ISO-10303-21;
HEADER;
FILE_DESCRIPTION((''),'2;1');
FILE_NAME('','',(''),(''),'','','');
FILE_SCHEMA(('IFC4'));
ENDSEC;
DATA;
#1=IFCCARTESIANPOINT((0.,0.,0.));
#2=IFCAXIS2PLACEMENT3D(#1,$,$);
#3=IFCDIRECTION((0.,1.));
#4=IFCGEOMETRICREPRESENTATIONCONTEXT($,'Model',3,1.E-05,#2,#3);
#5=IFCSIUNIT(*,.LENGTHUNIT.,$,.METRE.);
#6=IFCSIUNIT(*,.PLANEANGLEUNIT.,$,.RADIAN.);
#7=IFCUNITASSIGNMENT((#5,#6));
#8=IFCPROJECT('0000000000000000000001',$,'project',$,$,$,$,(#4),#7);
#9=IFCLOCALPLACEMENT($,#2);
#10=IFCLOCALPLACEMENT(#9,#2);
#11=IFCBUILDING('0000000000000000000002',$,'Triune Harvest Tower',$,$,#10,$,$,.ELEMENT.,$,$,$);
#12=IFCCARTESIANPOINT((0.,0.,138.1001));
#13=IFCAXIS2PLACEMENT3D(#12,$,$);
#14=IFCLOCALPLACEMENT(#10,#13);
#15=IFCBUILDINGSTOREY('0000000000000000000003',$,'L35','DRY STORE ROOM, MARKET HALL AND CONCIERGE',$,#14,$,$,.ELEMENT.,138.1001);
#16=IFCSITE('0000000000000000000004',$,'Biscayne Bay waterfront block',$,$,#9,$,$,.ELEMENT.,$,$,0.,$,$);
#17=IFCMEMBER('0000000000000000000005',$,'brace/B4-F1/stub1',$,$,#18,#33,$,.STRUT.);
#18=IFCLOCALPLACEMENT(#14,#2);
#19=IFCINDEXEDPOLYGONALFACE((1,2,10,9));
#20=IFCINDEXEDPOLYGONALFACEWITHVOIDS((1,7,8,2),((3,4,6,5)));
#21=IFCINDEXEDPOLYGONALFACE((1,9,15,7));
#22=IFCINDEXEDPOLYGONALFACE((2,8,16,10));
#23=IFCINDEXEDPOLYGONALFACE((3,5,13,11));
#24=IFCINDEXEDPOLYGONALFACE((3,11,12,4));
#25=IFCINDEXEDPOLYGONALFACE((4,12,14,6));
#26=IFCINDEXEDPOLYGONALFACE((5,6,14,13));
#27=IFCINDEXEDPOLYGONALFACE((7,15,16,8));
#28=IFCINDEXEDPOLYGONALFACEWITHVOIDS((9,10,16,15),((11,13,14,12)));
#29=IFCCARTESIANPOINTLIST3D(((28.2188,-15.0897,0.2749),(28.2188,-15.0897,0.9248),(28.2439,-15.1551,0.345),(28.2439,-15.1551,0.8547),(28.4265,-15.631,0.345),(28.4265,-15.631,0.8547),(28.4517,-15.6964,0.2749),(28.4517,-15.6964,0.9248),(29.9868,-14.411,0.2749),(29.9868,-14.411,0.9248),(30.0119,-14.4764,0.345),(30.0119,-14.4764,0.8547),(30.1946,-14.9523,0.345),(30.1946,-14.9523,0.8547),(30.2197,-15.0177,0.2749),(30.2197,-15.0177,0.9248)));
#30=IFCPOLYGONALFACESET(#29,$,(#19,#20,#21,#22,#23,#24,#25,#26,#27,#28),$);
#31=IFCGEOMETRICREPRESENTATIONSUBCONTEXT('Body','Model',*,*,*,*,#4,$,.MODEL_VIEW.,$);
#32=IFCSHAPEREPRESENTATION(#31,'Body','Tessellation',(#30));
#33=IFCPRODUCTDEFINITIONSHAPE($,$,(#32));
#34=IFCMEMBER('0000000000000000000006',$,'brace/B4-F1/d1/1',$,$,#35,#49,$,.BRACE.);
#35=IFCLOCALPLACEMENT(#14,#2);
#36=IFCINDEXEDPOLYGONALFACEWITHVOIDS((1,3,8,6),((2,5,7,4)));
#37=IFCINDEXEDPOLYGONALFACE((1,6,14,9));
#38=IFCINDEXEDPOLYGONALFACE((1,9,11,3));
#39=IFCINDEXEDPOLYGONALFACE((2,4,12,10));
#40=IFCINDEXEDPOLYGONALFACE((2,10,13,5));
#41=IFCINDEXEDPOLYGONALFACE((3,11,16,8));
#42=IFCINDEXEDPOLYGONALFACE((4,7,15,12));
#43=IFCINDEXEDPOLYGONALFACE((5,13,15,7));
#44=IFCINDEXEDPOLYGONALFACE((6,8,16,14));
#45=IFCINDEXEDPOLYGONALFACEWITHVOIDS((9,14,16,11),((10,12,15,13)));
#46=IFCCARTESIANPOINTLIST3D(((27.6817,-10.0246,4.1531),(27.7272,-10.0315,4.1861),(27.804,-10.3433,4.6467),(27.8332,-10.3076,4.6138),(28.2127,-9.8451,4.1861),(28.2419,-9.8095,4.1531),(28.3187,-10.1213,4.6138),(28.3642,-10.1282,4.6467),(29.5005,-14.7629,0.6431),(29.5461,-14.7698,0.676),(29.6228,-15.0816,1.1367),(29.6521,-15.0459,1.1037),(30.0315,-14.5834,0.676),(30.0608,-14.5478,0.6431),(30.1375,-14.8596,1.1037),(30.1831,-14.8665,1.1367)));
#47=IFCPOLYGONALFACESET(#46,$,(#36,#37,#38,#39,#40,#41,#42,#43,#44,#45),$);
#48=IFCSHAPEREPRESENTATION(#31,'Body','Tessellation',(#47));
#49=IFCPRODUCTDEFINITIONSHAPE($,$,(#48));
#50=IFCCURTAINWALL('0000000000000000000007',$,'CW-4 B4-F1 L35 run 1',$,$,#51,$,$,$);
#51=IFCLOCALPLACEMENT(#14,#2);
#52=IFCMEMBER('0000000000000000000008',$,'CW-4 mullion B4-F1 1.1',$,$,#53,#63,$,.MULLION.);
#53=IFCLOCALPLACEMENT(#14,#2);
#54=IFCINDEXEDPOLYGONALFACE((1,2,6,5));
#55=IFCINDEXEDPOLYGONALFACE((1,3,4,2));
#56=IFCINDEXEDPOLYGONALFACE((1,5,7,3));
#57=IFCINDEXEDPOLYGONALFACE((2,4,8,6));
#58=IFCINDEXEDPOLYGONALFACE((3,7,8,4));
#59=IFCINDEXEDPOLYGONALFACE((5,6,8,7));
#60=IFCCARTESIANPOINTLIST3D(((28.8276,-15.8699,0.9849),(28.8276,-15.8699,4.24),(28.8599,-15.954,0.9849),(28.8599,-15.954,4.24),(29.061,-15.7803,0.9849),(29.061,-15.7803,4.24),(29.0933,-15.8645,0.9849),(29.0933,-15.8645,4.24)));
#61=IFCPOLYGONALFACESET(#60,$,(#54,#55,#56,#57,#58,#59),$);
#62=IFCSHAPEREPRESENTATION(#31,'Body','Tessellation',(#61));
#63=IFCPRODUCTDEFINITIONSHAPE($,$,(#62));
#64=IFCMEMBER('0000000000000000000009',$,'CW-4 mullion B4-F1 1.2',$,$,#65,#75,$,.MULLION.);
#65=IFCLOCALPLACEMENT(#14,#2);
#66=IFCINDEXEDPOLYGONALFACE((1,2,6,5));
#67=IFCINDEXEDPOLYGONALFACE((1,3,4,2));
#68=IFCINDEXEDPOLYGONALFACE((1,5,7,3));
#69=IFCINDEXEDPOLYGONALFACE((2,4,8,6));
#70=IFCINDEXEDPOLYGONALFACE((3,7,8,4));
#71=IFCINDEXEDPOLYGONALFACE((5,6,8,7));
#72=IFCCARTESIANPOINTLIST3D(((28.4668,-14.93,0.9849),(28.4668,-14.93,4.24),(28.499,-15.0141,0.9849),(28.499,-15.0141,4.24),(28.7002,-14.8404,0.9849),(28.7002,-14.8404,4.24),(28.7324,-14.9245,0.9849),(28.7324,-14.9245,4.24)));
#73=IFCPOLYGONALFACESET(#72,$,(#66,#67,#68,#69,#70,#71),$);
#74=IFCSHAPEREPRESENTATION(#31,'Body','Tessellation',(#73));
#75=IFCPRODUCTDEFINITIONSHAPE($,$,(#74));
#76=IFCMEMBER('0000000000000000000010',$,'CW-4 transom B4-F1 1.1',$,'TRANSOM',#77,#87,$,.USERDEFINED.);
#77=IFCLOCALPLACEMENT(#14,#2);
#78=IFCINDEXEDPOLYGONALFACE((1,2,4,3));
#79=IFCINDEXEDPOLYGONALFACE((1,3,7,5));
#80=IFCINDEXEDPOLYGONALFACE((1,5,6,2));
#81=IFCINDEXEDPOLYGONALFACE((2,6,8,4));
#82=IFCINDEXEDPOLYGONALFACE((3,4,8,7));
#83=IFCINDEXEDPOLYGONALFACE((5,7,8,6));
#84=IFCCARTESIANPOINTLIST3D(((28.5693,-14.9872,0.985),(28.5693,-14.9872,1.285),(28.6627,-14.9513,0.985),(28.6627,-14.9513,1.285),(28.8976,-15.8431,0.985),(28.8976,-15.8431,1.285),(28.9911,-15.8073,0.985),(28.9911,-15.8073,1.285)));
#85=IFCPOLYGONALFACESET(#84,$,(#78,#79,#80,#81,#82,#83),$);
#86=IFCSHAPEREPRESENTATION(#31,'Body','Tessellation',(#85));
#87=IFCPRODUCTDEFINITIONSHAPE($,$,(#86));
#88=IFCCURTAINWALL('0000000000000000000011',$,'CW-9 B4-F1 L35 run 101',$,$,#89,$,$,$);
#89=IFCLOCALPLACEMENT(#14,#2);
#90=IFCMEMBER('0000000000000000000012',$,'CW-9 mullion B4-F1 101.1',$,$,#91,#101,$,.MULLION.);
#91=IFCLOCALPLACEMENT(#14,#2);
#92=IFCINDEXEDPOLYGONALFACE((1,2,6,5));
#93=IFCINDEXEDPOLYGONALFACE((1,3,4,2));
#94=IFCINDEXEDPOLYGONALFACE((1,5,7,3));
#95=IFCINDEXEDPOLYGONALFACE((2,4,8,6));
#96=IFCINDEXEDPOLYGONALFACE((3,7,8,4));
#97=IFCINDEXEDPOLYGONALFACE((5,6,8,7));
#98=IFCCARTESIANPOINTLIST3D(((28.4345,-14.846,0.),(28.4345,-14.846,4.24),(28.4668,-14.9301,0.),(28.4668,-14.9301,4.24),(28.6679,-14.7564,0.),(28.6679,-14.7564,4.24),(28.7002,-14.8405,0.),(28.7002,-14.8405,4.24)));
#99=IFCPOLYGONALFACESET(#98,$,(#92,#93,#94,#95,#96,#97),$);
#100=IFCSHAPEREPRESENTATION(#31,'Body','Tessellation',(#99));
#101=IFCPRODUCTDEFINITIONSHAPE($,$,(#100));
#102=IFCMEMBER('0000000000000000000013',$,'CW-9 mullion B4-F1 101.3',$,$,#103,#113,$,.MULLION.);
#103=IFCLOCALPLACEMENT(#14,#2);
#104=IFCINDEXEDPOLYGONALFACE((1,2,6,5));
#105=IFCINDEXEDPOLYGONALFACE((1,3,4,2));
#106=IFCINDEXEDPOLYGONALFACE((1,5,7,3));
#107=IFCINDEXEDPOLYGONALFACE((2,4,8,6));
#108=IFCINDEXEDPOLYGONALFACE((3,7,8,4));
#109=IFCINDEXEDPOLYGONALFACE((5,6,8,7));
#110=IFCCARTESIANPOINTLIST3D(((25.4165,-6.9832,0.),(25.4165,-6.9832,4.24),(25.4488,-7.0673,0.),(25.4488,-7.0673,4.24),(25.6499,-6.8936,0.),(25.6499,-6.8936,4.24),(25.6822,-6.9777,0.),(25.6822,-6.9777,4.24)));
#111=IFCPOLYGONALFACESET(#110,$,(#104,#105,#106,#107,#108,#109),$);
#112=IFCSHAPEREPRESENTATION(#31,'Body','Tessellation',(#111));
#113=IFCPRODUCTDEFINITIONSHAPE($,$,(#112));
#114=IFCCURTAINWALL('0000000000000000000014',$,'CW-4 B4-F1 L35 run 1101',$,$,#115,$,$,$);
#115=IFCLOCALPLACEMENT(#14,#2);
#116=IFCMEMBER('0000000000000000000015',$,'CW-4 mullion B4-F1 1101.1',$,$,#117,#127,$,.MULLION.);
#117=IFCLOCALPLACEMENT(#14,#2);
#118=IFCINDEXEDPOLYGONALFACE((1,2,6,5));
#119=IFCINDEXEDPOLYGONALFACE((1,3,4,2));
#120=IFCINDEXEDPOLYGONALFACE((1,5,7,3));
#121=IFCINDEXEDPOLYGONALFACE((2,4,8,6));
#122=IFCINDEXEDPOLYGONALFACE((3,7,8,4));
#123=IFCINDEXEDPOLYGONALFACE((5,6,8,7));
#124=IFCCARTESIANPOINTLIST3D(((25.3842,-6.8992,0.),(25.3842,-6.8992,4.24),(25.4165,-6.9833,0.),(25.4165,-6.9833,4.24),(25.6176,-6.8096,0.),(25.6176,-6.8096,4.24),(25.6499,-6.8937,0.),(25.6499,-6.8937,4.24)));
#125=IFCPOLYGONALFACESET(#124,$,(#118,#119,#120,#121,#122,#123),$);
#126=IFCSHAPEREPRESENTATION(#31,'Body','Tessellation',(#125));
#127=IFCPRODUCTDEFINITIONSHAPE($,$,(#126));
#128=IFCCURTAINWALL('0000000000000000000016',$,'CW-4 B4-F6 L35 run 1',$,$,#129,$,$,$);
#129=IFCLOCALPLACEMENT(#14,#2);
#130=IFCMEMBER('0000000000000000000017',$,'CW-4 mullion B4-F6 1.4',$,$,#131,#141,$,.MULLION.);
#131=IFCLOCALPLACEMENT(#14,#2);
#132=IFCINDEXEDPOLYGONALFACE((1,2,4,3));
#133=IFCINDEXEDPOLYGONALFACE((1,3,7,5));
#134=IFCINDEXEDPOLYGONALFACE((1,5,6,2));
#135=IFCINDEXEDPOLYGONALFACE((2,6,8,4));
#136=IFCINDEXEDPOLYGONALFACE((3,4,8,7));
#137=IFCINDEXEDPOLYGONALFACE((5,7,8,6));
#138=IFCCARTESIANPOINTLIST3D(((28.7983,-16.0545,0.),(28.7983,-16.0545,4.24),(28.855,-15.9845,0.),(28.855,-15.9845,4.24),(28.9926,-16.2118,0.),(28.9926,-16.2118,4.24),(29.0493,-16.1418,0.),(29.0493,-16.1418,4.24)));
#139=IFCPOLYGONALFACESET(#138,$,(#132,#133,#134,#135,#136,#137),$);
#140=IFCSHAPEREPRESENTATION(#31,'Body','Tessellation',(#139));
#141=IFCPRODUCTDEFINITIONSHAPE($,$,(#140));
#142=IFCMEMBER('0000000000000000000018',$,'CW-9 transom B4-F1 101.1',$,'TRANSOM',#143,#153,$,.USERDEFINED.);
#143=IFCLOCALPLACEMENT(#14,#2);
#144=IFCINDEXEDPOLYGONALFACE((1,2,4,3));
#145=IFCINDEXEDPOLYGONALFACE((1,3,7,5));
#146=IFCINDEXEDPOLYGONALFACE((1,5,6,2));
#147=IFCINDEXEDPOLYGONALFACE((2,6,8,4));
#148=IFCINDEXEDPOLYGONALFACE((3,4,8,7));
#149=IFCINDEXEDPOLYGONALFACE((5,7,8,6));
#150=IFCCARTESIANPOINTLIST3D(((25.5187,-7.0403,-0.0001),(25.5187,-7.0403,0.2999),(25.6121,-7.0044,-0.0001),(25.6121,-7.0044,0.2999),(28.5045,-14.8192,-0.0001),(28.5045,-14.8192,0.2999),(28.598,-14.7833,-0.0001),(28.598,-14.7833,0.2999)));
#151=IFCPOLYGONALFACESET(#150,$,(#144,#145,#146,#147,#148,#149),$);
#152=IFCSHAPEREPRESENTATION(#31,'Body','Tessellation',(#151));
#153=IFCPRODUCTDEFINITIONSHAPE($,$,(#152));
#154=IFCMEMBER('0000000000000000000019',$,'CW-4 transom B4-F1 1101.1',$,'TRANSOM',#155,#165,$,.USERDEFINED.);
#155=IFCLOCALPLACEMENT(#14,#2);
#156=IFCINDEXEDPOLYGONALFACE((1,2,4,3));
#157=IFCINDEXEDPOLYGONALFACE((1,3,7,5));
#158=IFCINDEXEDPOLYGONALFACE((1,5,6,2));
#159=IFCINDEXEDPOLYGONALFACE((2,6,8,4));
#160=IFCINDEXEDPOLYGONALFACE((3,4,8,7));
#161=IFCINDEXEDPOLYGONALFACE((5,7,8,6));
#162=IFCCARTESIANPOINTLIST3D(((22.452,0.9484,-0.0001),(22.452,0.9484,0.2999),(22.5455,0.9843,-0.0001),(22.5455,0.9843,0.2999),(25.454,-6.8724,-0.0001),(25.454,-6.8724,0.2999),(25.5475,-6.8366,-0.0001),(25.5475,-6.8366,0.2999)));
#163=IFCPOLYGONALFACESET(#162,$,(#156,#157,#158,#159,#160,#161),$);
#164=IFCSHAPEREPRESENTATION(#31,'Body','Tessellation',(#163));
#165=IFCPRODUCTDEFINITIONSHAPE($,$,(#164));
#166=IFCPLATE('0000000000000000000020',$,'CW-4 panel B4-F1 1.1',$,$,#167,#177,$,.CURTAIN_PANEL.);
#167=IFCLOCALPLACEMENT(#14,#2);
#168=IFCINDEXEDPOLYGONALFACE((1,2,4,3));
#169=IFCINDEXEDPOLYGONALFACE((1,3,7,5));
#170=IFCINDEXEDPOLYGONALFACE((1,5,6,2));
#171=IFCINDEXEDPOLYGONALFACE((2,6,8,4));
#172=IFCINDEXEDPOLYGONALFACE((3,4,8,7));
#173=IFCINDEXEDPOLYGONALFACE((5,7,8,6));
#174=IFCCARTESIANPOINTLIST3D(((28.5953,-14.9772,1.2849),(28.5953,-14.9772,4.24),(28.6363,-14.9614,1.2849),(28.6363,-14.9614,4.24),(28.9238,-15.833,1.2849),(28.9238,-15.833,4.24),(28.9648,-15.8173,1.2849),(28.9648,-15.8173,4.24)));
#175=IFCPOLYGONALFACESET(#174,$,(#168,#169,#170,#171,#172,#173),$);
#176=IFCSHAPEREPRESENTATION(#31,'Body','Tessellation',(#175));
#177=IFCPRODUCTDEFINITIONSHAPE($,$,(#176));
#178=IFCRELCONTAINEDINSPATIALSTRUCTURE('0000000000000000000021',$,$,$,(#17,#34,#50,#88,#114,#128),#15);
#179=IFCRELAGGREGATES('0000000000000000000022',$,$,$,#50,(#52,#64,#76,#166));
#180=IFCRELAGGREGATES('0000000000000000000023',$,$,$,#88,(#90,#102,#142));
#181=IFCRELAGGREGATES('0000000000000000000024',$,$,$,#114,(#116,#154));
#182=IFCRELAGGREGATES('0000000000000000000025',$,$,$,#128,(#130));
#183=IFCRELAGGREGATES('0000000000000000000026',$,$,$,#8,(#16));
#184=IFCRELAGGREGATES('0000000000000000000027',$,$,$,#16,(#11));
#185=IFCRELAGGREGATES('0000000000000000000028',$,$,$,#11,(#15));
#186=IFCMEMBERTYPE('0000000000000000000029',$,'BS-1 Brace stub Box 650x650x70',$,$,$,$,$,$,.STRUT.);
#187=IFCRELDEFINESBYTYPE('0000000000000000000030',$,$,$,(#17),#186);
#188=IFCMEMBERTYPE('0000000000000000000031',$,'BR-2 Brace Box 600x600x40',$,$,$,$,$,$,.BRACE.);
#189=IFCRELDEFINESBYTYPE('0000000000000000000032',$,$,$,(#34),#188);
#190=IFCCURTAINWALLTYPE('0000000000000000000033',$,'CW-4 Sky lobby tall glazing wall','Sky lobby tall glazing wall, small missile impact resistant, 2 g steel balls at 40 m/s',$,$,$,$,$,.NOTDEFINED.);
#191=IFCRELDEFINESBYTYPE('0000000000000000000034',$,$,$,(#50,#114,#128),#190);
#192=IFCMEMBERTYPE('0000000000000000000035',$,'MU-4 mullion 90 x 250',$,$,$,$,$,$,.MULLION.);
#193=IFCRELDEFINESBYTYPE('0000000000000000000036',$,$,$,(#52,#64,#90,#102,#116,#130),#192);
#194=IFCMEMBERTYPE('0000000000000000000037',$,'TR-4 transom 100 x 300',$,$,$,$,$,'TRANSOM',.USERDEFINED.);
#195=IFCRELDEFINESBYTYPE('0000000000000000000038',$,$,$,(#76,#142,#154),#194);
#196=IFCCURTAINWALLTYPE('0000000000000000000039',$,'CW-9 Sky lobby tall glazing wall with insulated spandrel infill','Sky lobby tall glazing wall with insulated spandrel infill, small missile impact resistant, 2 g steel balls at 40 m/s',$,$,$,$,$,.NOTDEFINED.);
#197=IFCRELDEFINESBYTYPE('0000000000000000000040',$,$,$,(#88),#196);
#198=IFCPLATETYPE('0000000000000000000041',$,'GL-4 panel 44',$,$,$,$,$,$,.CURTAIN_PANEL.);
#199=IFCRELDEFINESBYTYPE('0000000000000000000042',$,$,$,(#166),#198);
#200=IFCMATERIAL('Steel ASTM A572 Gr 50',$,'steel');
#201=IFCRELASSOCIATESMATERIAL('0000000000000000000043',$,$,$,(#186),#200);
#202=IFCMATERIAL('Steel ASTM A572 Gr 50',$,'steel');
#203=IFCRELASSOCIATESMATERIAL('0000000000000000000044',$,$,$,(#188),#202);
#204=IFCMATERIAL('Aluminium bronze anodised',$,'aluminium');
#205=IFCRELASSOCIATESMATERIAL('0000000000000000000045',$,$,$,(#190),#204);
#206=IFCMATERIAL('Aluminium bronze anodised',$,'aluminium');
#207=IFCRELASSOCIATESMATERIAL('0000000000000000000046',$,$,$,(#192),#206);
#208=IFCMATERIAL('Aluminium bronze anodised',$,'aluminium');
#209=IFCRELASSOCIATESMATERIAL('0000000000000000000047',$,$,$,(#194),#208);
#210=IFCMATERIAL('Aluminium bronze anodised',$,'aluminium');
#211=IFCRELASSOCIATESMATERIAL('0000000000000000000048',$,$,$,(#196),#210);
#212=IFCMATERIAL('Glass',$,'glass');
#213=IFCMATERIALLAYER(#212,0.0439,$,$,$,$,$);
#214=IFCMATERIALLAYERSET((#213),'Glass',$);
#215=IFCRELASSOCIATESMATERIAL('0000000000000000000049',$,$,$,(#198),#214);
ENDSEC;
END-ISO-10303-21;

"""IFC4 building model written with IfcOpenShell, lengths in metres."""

from ifc_helpers import new_model, si_unit, direction, frame, origin, origin_2d, place, context, subcontext, project, spatial, rectangle, hollow_rectangle, extrude, source, transform, mapped, material, layer, layer_set, material_profile, profile_set, type_object, element, aggregate, save


model = new_model("IFC4")

# Units and contexts
model_context = context("Model", 3, precision=1e-05, world=origin(), true_north=direction((0.0, 1.0)))
body_context = subcontext(model_context, "Body", "Model", "MODEL_VIEW")
ifc_project = project(units=[si_unit("LENGTHUNIT", "METRE"), si_unit("PLANEANGLEUNIT", "RADIAN")], contexts=[model_context])

# Site, building, storey
site_placement = place(None, origin())
site = spatial("IfcSite", under=ifc_project, at=site_placement, Name="Biscayne Bay waterfront block", CompositionType="ELEMENT", RefElevation=0.0)
building_placement = place(site_placement, origin())
building = spatial("IfcBuilding", under=site, at=building_placement, Name="Triune Harvest Tower", CompositionType="ELEMENT")
storey_placement = place(building_placement, frame((0.0, 0.0, 138.1001)))
storey = spatial("IfcBuildingStorey", under=building, at=storey_placement, Name="L35", Description="DRY STORE ROOM, MARKET HALL AND CONCIERGE", CompositionType="ELEMENT", Elevation=138.1001)

# Members
ifc_material_1 = material(Name="Steel ASTM A572 Gr 50", Category="steel")
ifc_material_profile_1 = material_profile(ifc_material_1, hollow_rectangle(XDim=0.6499, YDim=0.6499, WallThickness=0.0701, at=origin_2d()), Name="Box 650x650x70")
ifc_profile_set_1 = profile_set([ifc_material_profile_1], Name="Steel ASTM A572 Gr 50")
member_type_1 = type_object("IfcMemberType", Name="BS-1 Brace stub Box 650x650x70", PredefinedType="STRUT", material=ifc_profile_set_1)
shared_shape_1 = source(origin(), body_context, "Body", "SweptSolid", [
    extrude(hollow_rectangle(XDim=0.6499, YDim=0.6499, WallThickness=0.0701, at=origin_2d()), origin(), (0.0, 0.0, 1.0), 1.8938),
])
member_1_placement = place(storey_placement, frame((28.3352, -15.3931, 0.5999), z_axis=(0.933578, 0.358374, 0.0), x_axis=(-0.358374, 0.933578, 0.0)))
element("IfcMember", 1, at=member_1_placement, inside=storey, type_object=member_type_1, Name="brace/B4-F1/stub1", PredefinedType="STRUT", context=body_context, shape_type="MappedRepresentation", body=[
    mapped(shared_shape_1, transform((0.0, 0.0, 0.0), scale=1.0)),
])
ifc_material_2 = material(Name="Steel ASTM A572 Gr 50", Category="steel")
ifc_material_profile_2 = material_profile(ifc_material_2, hollow_rectangle(XDim=0.6001, YDim=0.6001, WallThickness=0.04, at=origin_2d()), Name="Box 600x600x40")
ifc_profile_set_2 = profile_set([ifc_material_profile_2], Name="Steel ASTM A572 Gr 50")
member_type_2 = type_object("IfcMemberType", Name="BR-2 Brace Box 600x600x40", PredefinedType="BRACE", material=ifc_profile_set_2)
shared_shape_2 = source(origin(), body_context, "Body", "SweptSolid", [
    extrude(hollow_rectangle(XDim=0.6001, YDim=0.6001, WallThickness=0.04, at=origin_2d()), origin(), (0.0, 0.0, 1.0), 6.1709),
])
member_2_placement = place(storey_placement, frame((29.8418, -14.8147, 0.8899), z_axis=(-0.294747, 0.767846, 0.568803), x_axis=(-0.933581, -0.358367, 0.0)))
element("IfcMember", 2, at=member_2_placement, inside=storey, type_object=member_type_2, Name="brace/B4-F1/d1/1", PredefinedType="BRACE", context=body_context, shape_type="MappedRepresentation", body=[
    mapped(shared_shape_2, transform((0.0, 0.0, 0.0), scale=1.0)),
])

# Curtain walls, members
ifc_material_3 = material(Name="Aluminium bronze anodised", Category="aluminium")
curtain_wall_type_1 = type_object("IfcCurtainWallType", Name="CW-4 Sky lobby tall glazing wall", Description="Sky lobby tall glazing wall, small missile impact resistant, 2 g steel balls at 40 m/s", PredefinedType="NOTDEFINED", material=ifc_material_3)
curtain_wall_1_placement = place(storey_placement, origin())
curtain_wall_1 = element("IfcCurtainWall", 3, at=curtain_wall_1_placement, inside=storey, type_object=curtain_wall_type_1, Name="CW-4 B4-F1 L35 run 1")
ifc_material_4 = material(Name="Aluminium bronze anodised", Category="aluminium")
ifc_material_profile_3 = material_profile(ifc_material_4, rectangle(XDim=0.25, YDim=0.0901, at=origin_2d()), Name="MU-4 mullion 90 x 250")
ifc_profile_set_3 = profile_set([ifc_material_profile_3], Name="Aluminium bronze anodised")
member_type_3 = type_object("IfcMemberType", Name="MU-4 mullion 90 x 250", PredefinedType="MULLION", material=ifc_profile_set_3)
shared_shape_3 = source(origin(), body_context, "Body", "SweptSolid", [
    extrude(rectangle(XDim=0.25, YDim=0.0901, at=origin_2d()), origin(), (0.0, 0.0, 1.0), 3.2551),
])
member_3_placement = place(storey_placement, frame((28.9604, -15.8672, 0.9849), z_axis=(0.0, 0.0, 1.0), x_axis=(-0.933604, -0.358307, 0.0)))
member_3 = element("IfcMember", 4, at=member_3_placement, type_object=member_type_3, Name="CW-4 mullion B4-F1 1.1", PredefinedType="MULLION", context=body_context, shape_type="MappedRepresentation", body=[
    mapped(shared_shape_3, transform((0.0, 0.0, 0.0), scale=1.0)),
])
member_4_placement = place(storey_placement, frame((28.5996, -14.9272, 0.9849), z_axis=(0.0, 0.0, 1.0), x_axis=(-0.933604, -0.358307, 0.0)))
member_4 = element("IfcMember", 5, at=member_4_placement, type_object=member_type_3, Name="CW-4 mullion B4-F1 1.2", PredefinedType="MULLION", context=body_context, shape_type="MappedRepresentation", body=[
    mapped(shared_shape_3, transform((0.0, 0.0, 0.0), scale=1.0)),
])
ifc_material_5 = material(Name="Aluminium bronze anodised", Category="aluminium")
ifc_material_profile_4 = material_profile(ifc_material_5, rectangle(XDim=0.1001, YDim=0.3, at=origin_2d()), Name="TR-4 transom 100 x 300")
ifc_profile_set_4 = profile_set([ifc_material_profile_4], Name="Aluminium bronze anodised")
member_type_4 = type_object("IfcMemberType", Name="TR-4 transom 100 x 300", ElementType="TRANSOM", PredefinedType="USERDEFINED", material=ifc_profile_set_4)
shared_shape_4 = source(origin(), body_context, "Body", "SweptSolid", [
    extrude(rectangle(XDim=0.1001, YDim=0.3, at=origin_2d()), origin(), (0.0, 0.0, 1.0), 0.9167),
])
member_5_placement = place(storey_placement, frame((28.9443, -15.8252, 1.135), z_axis=(-0.358176, 0.933654, 0.0), x_axis=(-0.933654, -0.358176, 0.0)))
member_5 = element("IfcMember", 6, at=member_5_placement, type_object=member_type_4, Name="CW-4 transom B4-F1 1.1", ObjectType="TRANSOM", PredefinedType="USERDEFINED", context=body_context, shape_type="MappedRepresentation", body=[
    mapped(shared_shape_4, transform((0.0, 0.0, 0.0), scale=1.0)),
])
ifc_material_6 = material(Name="Aluminium bronze anodised", Category="aluminium")
curtain_wall_type_2 = type_object("IfcCurtainWallType", Name="CW-9 Sky lobby tall glazing wall with insulated spandrel infill", Description="Sky lobby tall glazing wall with insulated spandrel infill, small missile impact resistant, 2 g steel balls at 40 m/s", PredefinedType="NOTDEFINED", material=ifc_material_6)
curtain_wall_2_placement = place(storey_placement, origin())
curtain_wall_2 = element("IfcCurtainWall", 7, at=curtain_wall_2_placement, inside=storey, type_object=curtain_wall_type_2, Name="CW-9 B4-F1 L35 run 101")
shared_shape_5 = source(origin(), body_context, "Body", "SweptSolid", [
    extrude(rectangle(XDim=0.25, YDim=0.0901, at=origin_2d()), origin(), (0.0, 0.0, 1.0), 4.24),
])
member_6_placement = place(storey_placement, frame((28.5674, -14.8433, 0.0), z_axis=(0.0, 0.0, 1.0), x_axis=(-0.93358, -0.358369, 0.0)))
member_6 = element("IfcMember", 8, at=member_6_placement, type_object=member_type_3, Name="CW-9 mullion B4-F1 101.1", PredefinedType="MULLION", context=body_context, shape_type="MappedRepresentation", body=[
    mapped(shared_shape_5, transform((0.0, 0.0, 0.0), scale=1.0)),
])
member_7_placement = place(storey_placement, frame((25.5493, -6.9805, 0.0), z_axis=(0.0, 0.0, 1.0), x_axis=(-0.93358, -0.358369, 0.0)))
member_7 = element("IfcMember", 9, at=member_7_placement, type_object=member_type_3, Name="CW-9 mullion B4-F1 101.3", PredefinedType="MULLION", context=body_context, shape_type="MappedRepresentation", body=[
    mapped(shared_shape_5, transform((0.0, 0.0, 0.0), scale=1.0)),
])

# Curtain walls, members
curtain_wall_3_placement = place(storey_placement, origin())
curtain_wall_3 = element("IfcCurtainWall", 10, at=curtain_wall_3_placement, inside=storey, type_object=curtain_wall_type_1, Name="CW-4 B4-F1 L35 run 1101")
member_8_placement = place(storey_placement, frame((25.5171, -6.8965, 0.0), z_axis=(0.0, 0.0, 1.0), x_axis=(-0.93358, -0.358369, 0.0)))
member_8 = element("IfcMember", 11, at=member_8_placement, type_object=member_type_3, Name="CW-4 mullion B4-F1 1101.1", PredefinedType="MULLION", context=body_context, shape_type="MappedRepresentation", body=[
    mapped(shared_shape_5, transform((0.0, 0.0, 0.0), scale=1.0)),
])
curtain_wall_4_placement = place(storey_placement, origin())
curtain_wall_4 = element("IfcCurtainWall", 12, at=curtain_wall_4_placement, inside=storey, type_object=curtain_wall_type_1, Name="CW-4 B4-F6 L35 run 1")
member_9_placement = place(storey_placement, frame((28.9238, -16.0981, 0.0), z_axis=(0.0, 0.0, 1.0), x_axis=(-0.777146, 0.629321, 0.0)))
member_9 = element("IfcMember", 13, at=member_9_placement, type_object=member_type_3, Name="CW-4 mullion B4-F6 1.4", PredefinedType="MULLION", context=body_context, shape_type="MappedRepresentation", body=[
    mapped(shared_shape_5, transform((0.0, 0.0, 0.0), scale=1.0)),
])

# Members
shared_shape_6 = source(origin(), body_context, "Body", "SweptSolid", [
    extrude(rectangle(XDim=0.1001, YDim=0.3, at=origin_2d()), origin(), (0.0, 0.0, 1.0), 8.3323),
])
member_10_placement = place(storey_placement, frame((28.5513, -14.8013, 0.1499), z_axis=(-0.358351, 0.933587, 0.0), x_axis=(-0.933587, -0.358351, 0.0)))
member_10 = element("IfcMember", 14, at=member_10_placement, type_object=member_type_4, Name="CW-9 transom B4-F1 101.1", ObjectType="TRANSOM", PredefinedType="USERDEFINED", context=body_context, shape_type="MappedRepresentation", body=[
    mapped(shared_shape_6, transform((0.0, 0.0, 0.0), scale=1.0)),
])
shared_shape_7 = source(origin(), body_context, "Body", "SweptSolid", [
    extrude(rectangle(XDim=0.1001, YDim=0.3, at=origin_2d()), origin(), (0.0, 0.0, 1.0), 8.3772),
])
member_11_placement = place(storey_placement, frame((25.5007, -6.8545, 0.1499), z_axis=(-0.35835, 0.933587, 0.0), x_axis=(-0.933587, -0.35835, 0.0)))
member_11 = element("IfcMember", 15, at=member_11_placement, type_object=member_type_4, Name="CW-4 transom B4-F1 1101.1", ObjectType="TRANSOM", PredefinedType="USERDEFINED", context=body_context, shape_type="MappedRepresentation", body=[
    mapped(shared_shape_7, transform((0.0, 0.0, 0.0), scale=1.0)),
])

# Plate
ifc_material_7 = material(Name="Glass", Category="glass")
ifc_layer_1 = layer(ifc_material_7, 0.0439)
ifc_layer_set_1 = layer_set([ifc_layer_1], Name="Glass")
plate_type_1 = type_object("IfcPlateType", Name="GL-4 panel 44", PredefinedType="CURTAIN_PANEL", material=ifc_layer_set_1)
shared_shape_8 = source(origin(), body_context, "Body", "SweptSolid", [
    extrude(rectangle(XDim=0.9167, YDim=0.0439, at=origin_2d()), origin(), (0.0, 0.0, 1.0), 2.9551),
])
plate_1_placement = place(storey_placement, frame((28.78, -15.3972, 1.2849), z_axis=(0.0, 0.0, 1.0), x_axis=(-0.358307, 0.933604, 0.0)))
plate_1 = element("IfcPlate", 16, at=plate_1_placement, type_object=plate_type_1, Name="CW-4 panel B4-F1 1.1", PredefinedType="CURTAIN_PANEL", context=body_context, shape_type="MappedRepresentation", body=[
    mapped(shared_shape_8, transform((0.0, 0.0, 0.0), scale=1.0)),
])
aggregate(curtain_wall_1, [member_3, member_4, member_5, plate_1])
aggregate(curtain_wall_2, [member_6, member_7, member_10])
aggregate(curtain_wall_3, [member_8, member_11])
aggregate(curtain_wall_4, [member_9])

save(model, "model.ifc")
